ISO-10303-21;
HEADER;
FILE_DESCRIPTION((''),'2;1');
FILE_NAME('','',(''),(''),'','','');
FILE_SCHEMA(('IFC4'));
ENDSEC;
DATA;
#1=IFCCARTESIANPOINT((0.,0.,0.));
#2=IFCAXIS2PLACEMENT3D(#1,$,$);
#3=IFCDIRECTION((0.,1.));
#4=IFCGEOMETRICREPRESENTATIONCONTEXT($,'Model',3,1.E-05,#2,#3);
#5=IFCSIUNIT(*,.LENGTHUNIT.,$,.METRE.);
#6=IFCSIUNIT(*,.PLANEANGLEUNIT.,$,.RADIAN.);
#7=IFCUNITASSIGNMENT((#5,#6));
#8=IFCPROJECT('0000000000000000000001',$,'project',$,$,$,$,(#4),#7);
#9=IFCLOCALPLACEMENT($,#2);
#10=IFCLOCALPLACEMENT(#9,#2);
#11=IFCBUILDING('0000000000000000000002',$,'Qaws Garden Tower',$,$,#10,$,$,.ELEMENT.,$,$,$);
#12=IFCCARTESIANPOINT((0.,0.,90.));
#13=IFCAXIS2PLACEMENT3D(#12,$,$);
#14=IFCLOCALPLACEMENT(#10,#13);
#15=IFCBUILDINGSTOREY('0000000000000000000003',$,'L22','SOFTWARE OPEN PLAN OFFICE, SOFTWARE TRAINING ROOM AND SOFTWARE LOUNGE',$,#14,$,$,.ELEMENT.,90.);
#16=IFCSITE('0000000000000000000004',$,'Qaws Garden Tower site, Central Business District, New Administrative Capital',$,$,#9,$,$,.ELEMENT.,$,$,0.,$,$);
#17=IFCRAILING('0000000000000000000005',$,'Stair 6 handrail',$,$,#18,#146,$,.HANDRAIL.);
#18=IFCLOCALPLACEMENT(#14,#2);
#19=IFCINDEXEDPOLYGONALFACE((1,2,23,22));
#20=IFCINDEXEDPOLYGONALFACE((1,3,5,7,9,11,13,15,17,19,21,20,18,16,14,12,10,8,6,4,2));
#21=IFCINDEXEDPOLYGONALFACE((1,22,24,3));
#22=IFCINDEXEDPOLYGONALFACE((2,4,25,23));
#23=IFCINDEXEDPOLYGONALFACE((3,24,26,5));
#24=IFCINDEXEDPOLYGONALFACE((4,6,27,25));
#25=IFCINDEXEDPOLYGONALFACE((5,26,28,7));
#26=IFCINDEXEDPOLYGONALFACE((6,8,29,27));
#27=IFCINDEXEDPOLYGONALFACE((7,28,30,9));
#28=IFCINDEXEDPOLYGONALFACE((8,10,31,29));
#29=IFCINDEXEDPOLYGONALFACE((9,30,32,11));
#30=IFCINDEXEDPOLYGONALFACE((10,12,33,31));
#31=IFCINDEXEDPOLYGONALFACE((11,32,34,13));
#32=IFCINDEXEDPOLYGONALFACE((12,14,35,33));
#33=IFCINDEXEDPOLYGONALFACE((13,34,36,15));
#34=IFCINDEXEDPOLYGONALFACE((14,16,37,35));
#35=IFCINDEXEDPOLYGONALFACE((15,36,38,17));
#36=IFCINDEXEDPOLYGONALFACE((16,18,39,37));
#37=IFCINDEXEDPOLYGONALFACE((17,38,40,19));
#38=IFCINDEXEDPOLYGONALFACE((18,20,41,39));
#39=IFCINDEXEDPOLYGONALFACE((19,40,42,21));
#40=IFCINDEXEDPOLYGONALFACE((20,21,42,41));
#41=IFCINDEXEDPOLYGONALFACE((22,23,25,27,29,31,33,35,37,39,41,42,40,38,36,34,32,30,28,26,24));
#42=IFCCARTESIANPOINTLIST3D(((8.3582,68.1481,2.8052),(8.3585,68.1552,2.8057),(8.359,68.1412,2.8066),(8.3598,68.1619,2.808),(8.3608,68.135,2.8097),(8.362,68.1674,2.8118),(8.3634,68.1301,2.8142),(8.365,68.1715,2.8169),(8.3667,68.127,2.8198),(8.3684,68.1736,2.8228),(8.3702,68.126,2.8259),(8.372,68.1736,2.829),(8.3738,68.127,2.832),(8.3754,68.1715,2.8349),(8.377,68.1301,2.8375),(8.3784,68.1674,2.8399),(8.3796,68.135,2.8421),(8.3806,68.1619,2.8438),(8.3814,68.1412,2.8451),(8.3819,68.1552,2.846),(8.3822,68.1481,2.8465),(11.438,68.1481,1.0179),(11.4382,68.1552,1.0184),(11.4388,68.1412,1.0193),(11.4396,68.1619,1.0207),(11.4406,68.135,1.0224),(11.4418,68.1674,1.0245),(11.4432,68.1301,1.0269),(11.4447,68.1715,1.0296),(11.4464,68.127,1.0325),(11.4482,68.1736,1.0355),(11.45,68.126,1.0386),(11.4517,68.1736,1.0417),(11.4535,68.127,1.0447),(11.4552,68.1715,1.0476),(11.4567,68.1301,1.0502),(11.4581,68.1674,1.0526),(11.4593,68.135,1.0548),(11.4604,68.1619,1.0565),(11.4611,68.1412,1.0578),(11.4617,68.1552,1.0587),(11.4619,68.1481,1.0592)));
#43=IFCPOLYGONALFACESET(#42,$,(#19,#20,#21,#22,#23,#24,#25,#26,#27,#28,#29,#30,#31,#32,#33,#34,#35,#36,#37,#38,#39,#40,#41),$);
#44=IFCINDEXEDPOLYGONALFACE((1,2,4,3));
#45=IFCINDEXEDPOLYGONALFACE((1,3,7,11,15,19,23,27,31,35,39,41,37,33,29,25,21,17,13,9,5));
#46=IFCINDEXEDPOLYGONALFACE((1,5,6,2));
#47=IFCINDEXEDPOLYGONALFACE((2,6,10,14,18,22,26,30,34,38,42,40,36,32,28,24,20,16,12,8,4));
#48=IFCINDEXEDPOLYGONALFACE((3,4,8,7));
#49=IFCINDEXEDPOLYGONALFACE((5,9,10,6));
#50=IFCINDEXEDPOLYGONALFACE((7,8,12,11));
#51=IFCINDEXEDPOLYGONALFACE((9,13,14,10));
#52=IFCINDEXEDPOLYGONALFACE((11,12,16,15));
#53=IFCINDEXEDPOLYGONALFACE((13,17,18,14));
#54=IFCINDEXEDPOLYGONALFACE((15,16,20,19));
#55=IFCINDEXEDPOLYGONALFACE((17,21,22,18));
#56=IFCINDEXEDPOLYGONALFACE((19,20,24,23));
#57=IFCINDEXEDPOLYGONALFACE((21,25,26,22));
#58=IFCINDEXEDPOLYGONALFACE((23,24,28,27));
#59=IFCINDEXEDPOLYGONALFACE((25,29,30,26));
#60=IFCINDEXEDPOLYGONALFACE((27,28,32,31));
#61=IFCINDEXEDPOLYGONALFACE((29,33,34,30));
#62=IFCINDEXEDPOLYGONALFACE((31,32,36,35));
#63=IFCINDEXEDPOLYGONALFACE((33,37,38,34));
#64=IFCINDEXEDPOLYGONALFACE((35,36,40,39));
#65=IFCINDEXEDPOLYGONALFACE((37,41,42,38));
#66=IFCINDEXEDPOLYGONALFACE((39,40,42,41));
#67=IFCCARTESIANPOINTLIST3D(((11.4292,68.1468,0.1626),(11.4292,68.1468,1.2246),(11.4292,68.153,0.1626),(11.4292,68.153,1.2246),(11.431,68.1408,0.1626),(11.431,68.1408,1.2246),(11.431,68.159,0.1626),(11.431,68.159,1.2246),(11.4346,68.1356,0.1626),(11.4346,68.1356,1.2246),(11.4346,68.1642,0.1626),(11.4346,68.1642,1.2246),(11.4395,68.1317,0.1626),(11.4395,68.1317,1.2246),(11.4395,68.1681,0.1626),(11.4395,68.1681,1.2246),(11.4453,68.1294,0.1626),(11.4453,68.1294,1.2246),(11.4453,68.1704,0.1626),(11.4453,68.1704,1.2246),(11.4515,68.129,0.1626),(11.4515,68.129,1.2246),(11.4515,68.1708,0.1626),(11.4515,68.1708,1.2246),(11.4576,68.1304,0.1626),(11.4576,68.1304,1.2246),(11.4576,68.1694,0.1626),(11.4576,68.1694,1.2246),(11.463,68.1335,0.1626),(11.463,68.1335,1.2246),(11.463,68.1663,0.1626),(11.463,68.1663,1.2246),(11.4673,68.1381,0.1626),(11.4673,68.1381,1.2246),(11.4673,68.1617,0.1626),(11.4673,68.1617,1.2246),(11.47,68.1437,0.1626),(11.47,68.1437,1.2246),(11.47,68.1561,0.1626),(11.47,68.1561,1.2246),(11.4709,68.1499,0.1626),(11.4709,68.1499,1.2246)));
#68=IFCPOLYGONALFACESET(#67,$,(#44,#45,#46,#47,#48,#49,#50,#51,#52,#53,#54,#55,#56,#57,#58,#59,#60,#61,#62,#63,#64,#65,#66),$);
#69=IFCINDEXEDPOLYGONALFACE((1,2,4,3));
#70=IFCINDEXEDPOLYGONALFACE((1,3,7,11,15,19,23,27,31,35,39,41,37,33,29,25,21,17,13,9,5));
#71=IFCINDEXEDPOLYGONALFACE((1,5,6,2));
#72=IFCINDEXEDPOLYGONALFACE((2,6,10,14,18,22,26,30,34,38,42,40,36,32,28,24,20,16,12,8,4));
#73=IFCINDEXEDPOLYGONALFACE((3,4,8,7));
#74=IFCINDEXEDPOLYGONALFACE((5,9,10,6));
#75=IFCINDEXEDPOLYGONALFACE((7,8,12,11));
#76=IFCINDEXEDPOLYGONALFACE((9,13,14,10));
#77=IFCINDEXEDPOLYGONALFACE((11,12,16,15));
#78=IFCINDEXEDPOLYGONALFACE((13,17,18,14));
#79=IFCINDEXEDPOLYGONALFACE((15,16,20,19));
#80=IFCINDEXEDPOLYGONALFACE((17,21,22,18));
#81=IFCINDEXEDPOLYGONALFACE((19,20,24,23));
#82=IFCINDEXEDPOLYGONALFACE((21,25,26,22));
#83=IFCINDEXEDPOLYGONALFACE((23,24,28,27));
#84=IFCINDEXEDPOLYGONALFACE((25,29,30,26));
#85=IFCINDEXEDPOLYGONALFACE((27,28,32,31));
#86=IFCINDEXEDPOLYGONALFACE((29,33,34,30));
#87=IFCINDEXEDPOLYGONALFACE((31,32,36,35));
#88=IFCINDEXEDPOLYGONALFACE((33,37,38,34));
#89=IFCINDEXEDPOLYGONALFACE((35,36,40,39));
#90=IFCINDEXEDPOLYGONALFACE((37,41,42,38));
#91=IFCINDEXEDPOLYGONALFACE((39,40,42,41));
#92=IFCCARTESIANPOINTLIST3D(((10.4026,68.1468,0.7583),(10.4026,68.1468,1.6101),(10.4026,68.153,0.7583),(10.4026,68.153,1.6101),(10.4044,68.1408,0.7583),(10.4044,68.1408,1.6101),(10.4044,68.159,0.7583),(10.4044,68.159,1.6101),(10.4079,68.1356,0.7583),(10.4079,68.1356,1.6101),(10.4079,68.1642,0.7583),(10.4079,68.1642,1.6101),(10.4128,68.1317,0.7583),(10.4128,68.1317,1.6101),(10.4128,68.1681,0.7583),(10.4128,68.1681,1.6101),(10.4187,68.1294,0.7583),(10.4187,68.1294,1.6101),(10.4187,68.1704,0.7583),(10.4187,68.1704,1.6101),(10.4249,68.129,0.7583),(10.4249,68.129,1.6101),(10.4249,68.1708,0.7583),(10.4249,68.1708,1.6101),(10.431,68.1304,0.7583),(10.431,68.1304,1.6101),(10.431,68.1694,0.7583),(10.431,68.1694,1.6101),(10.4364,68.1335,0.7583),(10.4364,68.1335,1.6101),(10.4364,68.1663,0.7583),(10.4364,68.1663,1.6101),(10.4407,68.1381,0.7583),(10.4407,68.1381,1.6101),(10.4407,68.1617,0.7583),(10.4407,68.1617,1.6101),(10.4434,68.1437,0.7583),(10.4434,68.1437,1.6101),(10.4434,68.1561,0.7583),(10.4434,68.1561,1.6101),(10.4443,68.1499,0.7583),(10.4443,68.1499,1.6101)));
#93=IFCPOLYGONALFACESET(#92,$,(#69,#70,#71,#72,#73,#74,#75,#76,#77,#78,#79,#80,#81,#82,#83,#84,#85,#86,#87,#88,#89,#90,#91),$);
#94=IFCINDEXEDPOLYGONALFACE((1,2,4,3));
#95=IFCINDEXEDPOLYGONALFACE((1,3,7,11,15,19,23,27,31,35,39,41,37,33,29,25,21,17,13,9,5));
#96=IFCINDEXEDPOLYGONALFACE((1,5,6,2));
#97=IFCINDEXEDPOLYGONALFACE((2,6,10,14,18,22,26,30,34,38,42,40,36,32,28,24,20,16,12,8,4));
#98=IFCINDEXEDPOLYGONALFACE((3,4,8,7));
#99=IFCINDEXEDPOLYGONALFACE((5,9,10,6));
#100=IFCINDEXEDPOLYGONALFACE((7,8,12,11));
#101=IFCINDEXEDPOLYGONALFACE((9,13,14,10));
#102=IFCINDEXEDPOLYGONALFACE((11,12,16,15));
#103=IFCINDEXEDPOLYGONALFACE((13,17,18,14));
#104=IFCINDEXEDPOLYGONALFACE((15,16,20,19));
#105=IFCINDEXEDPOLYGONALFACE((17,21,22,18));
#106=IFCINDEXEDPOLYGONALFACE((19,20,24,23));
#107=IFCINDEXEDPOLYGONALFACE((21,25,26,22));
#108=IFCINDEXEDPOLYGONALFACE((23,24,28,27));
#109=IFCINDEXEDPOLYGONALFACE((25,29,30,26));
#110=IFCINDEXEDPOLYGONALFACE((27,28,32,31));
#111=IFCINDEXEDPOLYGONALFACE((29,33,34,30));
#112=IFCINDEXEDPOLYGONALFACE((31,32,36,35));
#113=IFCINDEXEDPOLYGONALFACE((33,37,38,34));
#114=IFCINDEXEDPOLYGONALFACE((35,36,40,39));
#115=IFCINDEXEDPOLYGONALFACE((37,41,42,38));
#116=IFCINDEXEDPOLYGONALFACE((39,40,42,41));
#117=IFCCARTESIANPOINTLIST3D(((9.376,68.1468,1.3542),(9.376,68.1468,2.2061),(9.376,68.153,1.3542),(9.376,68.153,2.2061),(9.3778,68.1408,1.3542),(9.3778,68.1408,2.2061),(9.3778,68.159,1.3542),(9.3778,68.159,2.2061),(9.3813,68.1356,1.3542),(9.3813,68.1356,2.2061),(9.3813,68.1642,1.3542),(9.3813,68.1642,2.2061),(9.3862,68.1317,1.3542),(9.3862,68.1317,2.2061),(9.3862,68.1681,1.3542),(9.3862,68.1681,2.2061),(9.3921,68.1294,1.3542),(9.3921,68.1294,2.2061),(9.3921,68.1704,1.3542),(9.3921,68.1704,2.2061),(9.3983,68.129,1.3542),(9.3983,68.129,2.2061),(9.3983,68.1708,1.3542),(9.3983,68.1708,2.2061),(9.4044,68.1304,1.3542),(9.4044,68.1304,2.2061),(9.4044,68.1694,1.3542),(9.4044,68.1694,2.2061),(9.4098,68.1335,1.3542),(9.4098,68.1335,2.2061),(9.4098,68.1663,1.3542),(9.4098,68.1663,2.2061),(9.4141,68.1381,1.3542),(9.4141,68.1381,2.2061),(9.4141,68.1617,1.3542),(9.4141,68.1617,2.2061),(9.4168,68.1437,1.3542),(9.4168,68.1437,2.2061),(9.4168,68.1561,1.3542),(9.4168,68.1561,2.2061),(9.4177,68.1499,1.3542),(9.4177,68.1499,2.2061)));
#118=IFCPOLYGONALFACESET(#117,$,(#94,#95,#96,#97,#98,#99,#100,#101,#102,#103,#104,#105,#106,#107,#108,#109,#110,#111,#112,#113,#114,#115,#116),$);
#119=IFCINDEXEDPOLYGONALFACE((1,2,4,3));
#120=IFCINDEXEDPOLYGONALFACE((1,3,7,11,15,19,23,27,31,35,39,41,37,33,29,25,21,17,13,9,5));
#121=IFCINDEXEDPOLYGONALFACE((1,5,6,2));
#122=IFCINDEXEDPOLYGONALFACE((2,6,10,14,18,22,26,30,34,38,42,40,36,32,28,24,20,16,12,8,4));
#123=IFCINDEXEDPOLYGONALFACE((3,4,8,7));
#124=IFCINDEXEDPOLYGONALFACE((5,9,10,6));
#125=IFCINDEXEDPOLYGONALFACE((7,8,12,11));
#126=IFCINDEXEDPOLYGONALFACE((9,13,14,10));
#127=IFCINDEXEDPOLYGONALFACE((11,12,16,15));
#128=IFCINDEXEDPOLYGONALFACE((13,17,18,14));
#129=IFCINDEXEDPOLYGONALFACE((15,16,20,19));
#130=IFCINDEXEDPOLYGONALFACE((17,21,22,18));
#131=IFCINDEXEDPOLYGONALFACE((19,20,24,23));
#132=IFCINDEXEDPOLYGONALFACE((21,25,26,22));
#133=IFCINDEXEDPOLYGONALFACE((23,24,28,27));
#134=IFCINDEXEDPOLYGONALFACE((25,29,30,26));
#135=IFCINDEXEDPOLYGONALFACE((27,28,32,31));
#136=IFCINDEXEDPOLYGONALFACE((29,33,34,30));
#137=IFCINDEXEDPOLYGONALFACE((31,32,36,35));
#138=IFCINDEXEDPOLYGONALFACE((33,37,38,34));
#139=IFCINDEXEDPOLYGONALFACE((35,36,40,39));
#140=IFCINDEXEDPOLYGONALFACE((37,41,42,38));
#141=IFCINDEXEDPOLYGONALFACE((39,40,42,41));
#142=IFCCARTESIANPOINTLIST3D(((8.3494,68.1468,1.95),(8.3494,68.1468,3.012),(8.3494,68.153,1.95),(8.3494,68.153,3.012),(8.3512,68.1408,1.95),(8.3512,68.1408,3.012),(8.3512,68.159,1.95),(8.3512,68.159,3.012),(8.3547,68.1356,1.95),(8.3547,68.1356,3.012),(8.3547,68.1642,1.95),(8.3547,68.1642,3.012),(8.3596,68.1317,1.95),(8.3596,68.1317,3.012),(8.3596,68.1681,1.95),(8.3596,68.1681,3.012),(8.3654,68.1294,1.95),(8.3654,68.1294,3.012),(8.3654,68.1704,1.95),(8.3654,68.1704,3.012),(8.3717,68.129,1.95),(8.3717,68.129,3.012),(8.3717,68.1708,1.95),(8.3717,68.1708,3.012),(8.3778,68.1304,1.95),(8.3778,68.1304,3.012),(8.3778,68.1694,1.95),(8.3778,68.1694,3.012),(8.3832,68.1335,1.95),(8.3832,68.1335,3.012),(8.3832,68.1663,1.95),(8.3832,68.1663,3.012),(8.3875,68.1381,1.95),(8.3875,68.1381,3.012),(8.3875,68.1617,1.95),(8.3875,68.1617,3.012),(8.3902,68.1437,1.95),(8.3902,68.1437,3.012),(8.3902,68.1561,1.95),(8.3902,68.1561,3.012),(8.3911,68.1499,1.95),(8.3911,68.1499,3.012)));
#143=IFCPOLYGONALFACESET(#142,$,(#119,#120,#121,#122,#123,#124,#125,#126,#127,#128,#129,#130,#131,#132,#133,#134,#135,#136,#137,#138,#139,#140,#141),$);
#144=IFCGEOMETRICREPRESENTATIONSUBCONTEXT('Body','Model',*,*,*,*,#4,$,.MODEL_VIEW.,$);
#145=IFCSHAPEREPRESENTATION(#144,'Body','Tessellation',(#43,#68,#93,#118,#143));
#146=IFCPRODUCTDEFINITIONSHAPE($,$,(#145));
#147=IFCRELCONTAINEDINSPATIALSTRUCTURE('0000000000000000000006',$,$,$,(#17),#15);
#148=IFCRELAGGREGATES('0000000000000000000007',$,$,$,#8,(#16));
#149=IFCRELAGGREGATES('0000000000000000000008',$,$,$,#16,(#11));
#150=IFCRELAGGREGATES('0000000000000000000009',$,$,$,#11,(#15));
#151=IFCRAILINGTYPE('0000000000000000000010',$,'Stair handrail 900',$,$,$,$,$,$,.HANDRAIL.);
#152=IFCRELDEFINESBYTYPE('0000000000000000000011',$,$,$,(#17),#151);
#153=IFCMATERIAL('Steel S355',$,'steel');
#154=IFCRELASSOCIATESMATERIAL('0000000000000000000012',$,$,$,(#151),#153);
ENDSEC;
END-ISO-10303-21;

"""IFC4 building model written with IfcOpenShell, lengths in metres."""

from ifc_helpers import new_model, si_unit, direction, frame, origin, origin_2d, place, context, subcontext, project, spatial, circle, extrude, material, type_object, element, save


model = new_model("IFC4")

# Units and contexts
model_context = context("Model", 3, precision=1e-05, world=origin(), true_north=direction((0.0, 1.0)))
body_context = subcontext(model_context, "Body", "Model", "MODEL_VIEW")
ifc_project = project(units=[si_unit("LENGTHUNIT", "METRE"), si_unit("PLANEANGLEUNIT", "RADIAN")], contexts=[model_context])

# Site, building, storey
site_placement = place(None, origin())
site = spatial("IfcSite", under=ifc_project, at=site_placement, Name="Qaws Garden Tower site, Central Business District, New Administrative Capital", CompositionType="ELEMENT", RefElevation=0.0)
building_placement = place(site_placement, origin())
building = spatial("IfcBuilding", under=site, at=building_placement, Name="Qaws Garden Tower", CompositionType="ELEMENT")
storey_placement = place(building_placement, frame((0.0, 0.0, 90.0)))
storey = spatial("IfcBuildingStorey", under=building, at=storey_placement, Name="L22", Description="SOFTWARE OPEN PLAN OFFICE, SOFTWARE TRAINING ROOM AND SOFTWARE LOUNGE", CompositionType="ELEMENT", Elevation=90.0)

# Railing
ifc_material_1 = material(Name="Steel S355", Category="steel")
railing_type = type_object("IfcRailingType", Name="Stair handrail 900", PredefinedType="HANDRAIL", material=ifc_material_1)
railing_1_placement = place(storey_placement, frame((11.45, 68.1499, 0.1626)))
element("IfcRailing", 1, at=railing_1_placement, inside=storey, type_object=railing_type, Name="Stair 6 handrail", PredefinedType="HANDRAIL", context=body_context, shape_type="SweptSolid", body=[
    extrude(circle(Radius=0.0239, at=origin_2d()), frame((0.0, 0.0, 0.876), z_axis=(-0.864903, 0.0, 0.501939), x_axis=(0.0, -1.0, 0.0)), (0.0, 0.0, 1.0), 3.5608),
    extrude(circle(Radius=0.021, at=origin_2d()), origin(), (0.0, 0.0, 1.0), 1.062),
    extrude(circle(Radius=0.021, at=origin_2d()), frame((-1.0266, 0.0, 0.5957)), (0.0, 0.0, 1.0), 0.8518),
    extrude(circle(Radius=0.021, at=origin_2d()), frame((-2.0532, 0.0, 1.1917)), (0.0, 0.0, 1.0), 0.8518),
    extrude(circle(Radius=0.021, at=origin_2d()), frame((-3.0798, 0.0, 1.7874)), (0.0, 0.0, 1.0), 1.062),
])

save(model, "model.ifc")
